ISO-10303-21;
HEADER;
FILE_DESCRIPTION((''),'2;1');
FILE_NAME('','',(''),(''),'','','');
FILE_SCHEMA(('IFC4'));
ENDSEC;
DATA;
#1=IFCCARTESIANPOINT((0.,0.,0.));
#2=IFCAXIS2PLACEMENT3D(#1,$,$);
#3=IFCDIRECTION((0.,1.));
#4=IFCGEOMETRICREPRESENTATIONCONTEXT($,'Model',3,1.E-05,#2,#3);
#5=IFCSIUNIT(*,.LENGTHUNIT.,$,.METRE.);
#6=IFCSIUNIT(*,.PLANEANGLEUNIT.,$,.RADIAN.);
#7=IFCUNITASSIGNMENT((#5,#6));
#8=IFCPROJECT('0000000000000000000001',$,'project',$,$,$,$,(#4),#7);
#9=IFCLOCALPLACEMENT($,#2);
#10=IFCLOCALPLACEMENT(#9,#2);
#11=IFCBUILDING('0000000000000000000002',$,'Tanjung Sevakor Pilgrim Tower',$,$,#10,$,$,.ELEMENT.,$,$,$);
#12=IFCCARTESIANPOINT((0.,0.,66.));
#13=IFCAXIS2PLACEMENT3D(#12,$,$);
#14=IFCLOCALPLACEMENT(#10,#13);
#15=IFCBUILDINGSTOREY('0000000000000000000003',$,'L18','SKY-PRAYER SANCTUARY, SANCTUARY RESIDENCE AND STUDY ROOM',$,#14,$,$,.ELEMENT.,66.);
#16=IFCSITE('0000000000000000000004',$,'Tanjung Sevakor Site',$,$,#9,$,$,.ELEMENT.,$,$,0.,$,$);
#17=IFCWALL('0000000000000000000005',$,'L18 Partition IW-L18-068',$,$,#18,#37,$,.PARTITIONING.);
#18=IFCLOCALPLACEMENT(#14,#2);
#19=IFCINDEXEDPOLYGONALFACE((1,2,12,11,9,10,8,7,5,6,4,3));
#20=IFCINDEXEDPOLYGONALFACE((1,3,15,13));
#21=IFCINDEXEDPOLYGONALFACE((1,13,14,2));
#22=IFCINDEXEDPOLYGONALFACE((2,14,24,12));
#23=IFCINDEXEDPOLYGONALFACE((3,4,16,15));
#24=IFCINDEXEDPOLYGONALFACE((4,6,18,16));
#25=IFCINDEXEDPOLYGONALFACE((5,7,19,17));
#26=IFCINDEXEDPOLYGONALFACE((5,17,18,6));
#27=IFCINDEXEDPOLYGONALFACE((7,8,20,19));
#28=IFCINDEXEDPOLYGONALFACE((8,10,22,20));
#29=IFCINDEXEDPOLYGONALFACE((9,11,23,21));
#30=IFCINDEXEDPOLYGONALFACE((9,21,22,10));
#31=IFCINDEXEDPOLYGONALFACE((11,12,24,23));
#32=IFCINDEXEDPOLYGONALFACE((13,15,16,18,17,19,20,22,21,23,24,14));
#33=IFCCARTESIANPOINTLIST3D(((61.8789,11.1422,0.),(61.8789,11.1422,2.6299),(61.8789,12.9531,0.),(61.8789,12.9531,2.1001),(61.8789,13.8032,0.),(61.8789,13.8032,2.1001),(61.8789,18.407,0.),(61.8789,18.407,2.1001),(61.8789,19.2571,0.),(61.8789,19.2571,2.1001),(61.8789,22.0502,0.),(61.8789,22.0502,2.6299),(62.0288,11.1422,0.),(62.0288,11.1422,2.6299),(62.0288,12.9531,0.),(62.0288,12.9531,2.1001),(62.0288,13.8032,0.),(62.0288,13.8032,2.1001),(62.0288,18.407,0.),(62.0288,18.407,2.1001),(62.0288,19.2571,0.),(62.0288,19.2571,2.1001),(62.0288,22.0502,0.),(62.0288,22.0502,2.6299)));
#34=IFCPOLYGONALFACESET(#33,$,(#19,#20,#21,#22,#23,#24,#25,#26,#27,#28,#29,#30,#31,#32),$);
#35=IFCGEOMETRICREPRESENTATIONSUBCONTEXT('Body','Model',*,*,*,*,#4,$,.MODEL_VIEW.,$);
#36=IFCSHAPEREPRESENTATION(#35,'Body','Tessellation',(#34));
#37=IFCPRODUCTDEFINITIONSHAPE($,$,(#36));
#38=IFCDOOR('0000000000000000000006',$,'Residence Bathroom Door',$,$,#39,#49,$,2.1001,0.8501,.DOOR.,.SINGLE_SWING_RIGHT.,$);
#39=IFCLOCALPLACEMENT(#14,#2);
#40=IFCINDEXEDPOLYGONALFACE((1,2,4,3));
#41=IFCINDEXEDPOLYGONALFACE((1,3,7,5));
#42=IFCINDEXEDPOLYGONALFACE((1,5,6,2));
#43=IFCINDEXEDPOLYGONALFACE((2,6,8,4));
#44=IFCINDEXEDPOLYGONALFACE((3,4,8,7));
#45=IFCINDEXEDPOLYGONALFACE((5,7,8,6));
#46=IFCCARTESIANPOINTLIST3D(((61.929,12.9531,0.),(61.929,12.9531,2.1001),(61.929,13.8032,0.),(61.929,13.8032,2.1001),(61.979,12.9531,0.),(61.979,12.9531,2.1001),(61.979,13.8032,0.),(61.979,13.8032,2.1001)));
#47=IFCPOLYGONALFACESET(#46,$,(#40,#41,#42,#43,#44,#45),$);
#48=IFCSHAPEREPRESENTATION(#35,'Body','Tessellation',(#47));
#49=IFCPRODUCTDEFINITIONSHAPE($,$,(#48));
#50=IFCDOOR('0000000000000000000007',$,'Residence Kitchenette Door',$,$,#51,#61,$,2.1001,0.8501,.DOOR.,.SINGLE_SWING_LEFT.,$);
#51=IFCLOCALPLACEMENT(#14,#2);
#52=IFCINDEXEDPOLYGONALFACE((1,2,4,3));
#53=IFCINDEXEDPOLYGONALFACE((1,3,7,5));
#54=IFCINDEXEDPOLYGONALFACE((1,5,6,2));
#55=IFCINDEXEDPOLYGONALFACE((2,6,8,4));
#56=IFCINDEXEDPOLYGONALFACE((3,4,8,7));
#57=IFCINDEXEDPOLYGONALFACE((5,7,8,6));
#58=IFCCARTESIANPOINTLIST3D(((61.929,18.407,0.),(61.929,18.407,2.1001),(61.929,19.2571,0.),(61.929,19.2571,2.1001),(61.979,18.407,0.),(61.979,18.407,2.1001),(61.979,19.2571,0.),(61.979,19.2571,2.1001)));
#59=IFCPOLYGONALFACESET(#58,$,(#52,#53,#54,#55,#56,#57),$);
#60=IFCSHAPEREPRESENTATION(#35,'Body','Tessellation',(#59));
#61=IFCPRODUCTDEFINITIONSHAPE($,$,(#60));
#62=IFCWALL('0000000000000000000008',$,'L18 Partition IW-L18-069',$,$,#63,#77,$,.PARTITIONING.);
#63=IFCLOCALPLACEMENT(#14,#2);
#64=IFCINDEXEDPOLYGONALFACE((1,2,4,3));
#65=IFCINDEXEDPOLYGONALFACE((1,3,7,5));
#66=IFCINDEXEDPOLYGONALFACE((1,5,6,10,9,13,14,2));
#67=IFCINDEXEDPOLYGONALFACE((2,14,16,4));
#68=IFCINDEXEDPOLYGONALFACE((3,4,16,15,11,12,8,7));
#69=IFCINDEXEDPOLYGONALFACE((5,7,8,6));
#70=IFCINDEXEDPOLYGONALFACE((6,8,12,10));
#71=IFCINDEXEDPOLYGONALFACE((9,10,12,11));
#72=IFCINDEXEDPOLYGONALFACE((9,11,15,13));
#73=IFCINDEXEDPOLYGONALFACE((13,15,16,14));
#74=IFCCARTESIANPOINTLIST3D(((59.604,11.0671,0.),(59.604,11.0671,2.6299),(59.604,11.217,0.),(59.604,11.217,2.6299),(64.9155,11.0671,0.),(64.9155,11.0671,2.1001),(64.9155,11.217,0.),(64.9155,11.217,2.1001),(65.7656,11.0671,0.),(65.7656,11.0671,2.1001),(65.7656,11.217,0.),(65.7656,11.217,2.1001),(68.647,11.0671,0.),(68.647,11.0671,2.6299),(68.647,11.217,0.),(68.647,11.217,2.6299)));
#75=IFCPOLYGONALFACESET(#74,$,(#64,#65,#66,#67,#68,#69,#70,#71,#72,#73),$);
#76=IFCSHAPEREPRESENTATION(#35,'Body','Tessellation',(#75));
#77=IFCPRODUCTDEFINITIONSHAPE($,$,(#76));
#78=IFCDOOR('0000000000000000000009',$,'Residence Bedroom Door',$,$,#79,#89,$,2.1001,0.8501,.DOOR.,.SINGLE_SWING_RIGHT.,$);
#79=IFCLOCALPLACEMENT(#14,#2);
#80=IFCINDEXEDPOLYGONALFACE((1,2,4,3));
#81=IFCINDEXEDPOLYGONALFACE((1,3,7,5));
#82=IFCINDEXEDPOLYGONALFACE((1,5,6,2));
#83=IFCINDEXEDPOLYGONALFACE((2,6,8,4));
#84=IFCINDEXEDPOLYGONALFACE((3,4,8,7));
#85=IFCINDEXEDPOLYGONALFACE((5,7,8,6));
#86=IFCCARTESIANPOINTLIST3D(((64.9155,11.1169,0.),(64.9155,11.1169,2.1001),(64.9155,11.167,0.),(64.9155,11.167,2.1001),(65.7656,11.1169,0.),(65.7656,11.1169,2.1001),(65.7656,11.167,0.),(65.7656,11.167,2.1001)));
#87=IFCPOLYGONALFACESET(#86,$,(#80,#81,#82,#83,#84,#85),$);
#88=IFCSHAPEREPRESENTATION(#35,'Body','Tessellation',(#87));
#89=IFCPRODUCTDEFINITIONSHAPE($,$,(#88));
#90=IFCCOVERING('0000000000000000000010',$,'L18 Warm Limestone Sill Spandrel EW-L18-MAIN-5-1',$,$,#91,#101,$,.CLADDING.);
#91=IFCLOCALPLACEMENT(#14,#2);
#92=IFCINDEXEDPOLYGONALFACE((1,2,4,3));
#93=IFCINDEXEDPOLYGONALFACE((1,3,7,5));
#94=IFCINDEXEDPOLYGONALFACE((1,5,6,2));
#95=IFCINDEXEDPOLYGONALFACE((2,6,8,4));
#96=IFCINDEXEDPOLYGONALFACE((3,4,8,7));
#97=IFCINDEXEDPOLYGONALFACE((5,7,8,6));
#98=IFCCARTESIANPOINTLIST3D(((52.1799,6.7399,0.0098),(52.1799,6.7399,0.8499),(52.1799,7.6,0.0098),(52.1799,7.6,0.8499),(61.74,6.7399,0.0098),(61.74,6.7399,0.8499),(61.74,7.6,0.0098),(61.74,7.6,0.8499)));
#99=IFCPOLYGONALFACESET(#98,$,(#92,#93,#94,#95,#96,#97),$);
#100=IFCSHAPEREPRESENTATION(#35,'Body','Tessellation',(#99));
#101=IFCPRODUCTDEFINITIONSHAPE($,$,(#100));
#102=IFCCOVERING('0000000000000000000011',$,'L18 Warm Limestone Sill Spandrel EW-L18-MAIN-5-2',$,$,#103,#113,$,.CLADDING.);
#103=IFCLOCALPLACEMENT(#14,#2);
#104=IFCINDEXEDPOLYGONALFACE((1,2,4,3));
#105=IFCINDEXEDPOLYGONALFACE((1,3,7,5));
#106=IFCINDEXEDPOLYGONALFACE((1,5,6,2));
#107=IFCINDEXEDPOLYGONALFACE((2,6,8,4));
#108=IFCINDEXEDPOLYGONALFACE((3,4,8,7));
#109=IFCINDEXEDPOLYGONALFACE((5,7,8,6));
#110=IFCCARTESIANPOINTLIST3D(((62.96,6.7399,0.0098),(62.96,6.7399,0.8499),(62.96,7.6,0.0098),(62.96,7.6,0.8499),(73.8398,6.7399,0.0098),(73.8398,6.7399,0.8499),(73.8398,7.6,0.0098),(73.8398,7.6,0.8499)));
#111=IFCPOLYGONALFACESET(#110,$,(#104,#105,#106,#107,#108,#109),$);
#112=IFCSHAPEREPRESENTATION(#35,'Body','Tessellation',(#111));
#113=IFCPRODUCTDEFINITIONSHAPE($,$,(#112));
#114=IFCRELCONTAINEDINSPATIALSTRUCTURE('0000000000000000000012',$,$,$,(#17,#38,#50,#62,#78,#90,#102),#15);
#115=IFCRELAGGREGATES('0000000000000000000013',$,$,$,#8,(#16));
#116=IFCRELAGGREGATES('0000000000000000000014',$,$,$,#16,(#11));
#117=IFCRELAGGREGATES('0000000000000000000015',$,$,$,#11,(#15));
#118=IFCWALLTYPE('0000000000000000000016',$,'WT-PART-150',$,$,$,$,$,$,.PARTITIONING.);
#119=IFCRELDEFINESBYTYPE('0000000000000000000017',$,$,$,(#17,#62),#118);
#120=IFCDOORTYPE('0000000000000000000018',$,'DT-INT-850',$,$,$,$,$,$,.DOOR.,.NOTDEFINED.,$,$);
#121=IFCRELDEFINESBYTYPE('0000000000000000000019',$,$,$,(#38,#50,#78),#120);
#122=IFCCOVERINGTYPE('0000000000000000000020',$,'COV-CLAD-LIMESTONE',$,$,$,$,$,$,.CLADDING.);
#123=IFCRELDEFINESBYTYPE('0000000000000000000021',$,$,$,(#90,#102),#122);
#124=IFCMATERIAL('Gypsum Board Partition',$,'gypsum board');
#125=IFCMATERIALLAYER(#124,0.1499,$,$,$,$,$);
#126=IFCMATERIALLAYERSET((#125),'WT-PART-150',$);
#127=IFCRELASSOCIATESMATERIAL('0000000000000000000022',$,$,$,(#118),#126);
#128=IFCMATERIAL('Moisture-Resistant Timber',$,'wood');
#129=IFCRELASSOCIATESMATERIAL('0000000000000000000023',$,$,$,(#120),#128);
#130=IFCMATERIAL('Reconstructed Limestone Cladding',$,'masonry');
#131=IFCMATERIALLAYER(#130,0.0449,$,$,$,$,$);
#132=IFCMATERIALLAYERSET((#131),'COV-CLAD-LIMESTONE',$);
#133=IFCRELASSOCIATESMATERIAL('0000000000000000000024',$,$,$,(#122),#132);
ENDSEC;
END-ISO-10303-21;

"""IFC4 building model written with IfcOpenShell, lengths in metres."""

from ifc_helpers import new_model, si_unit, direction, frame, frame_2d, origin, origin_2d, place, context, subcontext, project, spatial, rectangle, extrude, material, layer, layer_set, type_object, element, fill, save


model = new_model("IFC4")

# Units and contexts
model_context = context("Model", 3, precision=1e-05, world=origin(), true_north=direction((0.0, 1.0)))
body_context = subcontext(model_context, "Body", "Model", "MODEL_VIEW")
ifc_project = project(units=[si_unit("LENGTHUNIT", "METRE"), si_unit("PLANEANGLEUNIT", "RADIAN")], contexts=[model_context])

# Site, building, storey
site_placement = place(None, origin())
site = spatial("IfcSite", under=ifc_project, at=site_placement, Name="Tanjung Sevakor Site", CompositionType="ELEMENT", RefElevation=0.0)
building_placement = place(site_placement, origin())
building = spatial("IfcBuilding", under=site, at=building_placement, Name="Tanjung Sevakor Pilgrim Tower", CompositionType="ELEMENT")
storey_placement = place(building_placement, frame((0.0, 0.0, 66.0)))
storey = spatial("IfcBuildingStorey", under=building, at=storey_placement, Name="L18", Description="SKY-PRAYER SANCTUARY, SANCTUARY RESIDENCE AND STUDY ROOM", CompositionType="ELEMENT", Elevation=66.0)

# Shared definitions
ifc_material_1 = material(Name="Gypsum Board Partition", Category="gypsum board")
ifc_layer_1 = layer(ifc_material_1, 0.1499)
ifc_layer_set_1 = layer_set([ifc_layer_1], Name="WT-PART-150")
wall_type_1 = type_object("IfcWallType", Name="WT-PART-150", PredefinedType="PARTITIONING", material=ifc_layer_set_1)

# Wall, openings, doors
wall_1_placement = place(storey_placement, frame((61.9539, 11.1421, 0.0), z_axis=(0.0, 0.0, 1.0), x_axis=(0.0, 1.0, 0.0)))
wall_1 = element("IfcWall", 1, at=wall_1_placement, inside=storey, type_object=wall_type_1, Name="L18 Partition IW-L18-068", PredefinedType="PARTITIONING", context=body_context, shape_type="SweptSolid", body=[
    extrude(rectangle(XDim=10.908, YDim=0.1499, at=frame_2d((5.4541, 0.0))), origin(), (0.0, 0.0, 1.0), 2.6299),
])
opening_1_placement = place(wall_1_placement, frame((1.811, 0.0, 0.0)))
opening_1 = element("IfcOpeningElement", 2, at=opening_1_placement, cuts=wall_1, PredefinedType="OPENING", context=body_context, shape_type="SweptSolid", body=[
    extrude(rectangle(XDim=0.8501, YDim=2.1001, at=frame_2d((0.425, 1.05))), frame((0.0, 0.085, 0.0), z_axis=(0.0, -1.0, 0.0), x_axis=(1.0, 0.0, 0.0)), (0.0, 0.0, 1.0), 0.1699),
])
opening_2_placement = place(wall_1_placement, frame((7.2649, 0.0, 0.0)))
opening_2 = element("IfcOpeningElement", 3, at=opening_2_placement, cuts=wall_1, PredefinedType="OPENING", context=body_context, shape_type="SweptSolid", body=[
    extrude(rectangle(XDim=0.8501, YDim=2.1001, at=frame_2d((0.425, 1.05))), frame((0.0, 0.085, 0.0), z_axis=(0.0, -1.0, 0.0), x_axis=(1.0, 0.0, 0.0)), (0.0, 0.0, 1.0), 0.1699),
])
ifc_material_2 = material(Name="Moisture-Resistant Timber", Category="wood")
door_type_1 = type_object("IfcDoorType", Name="DT-INT-850", OperationType="NOTDEFINED", PredefinedType="DOOR", material=ifc_material_2)
door_1_placement = place(opening_1_placement, origin())
door_1 = element("IfcDoor", 4, at=door_1_placement, inside=storey, type_object=door_type_1, Name="Residence Bathroom Door", OperationType="SINGLE_SWING_RIGHT", OverallHeight=2.1001, OverallWidth=0.8501, PredefinedType="DOOR", context=body_context, shape_type="SweptSolid", body=[
    extrude(rectangle(XDim=0.8501, YDim=2.1001, at=frame_2d((0.425, 1.05))), frame((0.0, 0.0249, 0.0), z_axis=(0.0, -1.0, 0.0), x_axis=(1.0, 0.0, 0.0)), (0.0, 0.0, 1.0), 0.05),
])
fill(opening_1, door_1)
door_2_placement = place(opening_2_placement, origin())
door_2 = element("IfcDoor", 5, at=door_2_placement, inside=storey, type_object=door_type_1, Name="Residence Kitchenette Door", OperationType="SINGLE_SWING_LEFT", OverallHeight=2.1001, OverallWidth=0.8501, PredefinedType="DOOR", context=body_context, shape_type="SweptSolid", body=[
    extrude(rectangle(XDim=0.8501, YDim=2.1001, at=frame_2d((0.425, 1.05))), frame((0.0, 0.0249, 0.0), z_axis=(0.0, -1.0, 0.0), x_axis=(1.0, 0.0, 0.0)), (0.0, 0.0, 1.0), 0.05),
])
fill(opening_2, door_2)

# Wall, opening, door
wall_2_placement = place(storey_placement, frame((59.604, 11.1421, 0.0), z_axis=(0.0, 0.0, 1.0), x_axis=(1.0, 0.0, 0.0)))
wall_2 = element("IfcWall", 6, at=wall_2_placement, inside=storey, type_object=wall_type_1, Name="L18 Partition IW-L18-069", PredefinedType="PARTITIONING", context=body_context, shape_type="SweptSolid", body=[
    extrude(rectangle(XDim=9.043, YDim=0.1499, at=frame_2d((4.5215, 0.0))), origin(), (0.0, 0.0, 1.0), 2.6299),
])
opening_3_placement = place(wall_2_placement, frame((5.3115, 0.0, 0.0)))
opening_3 = element("IfcOpeningElement", 7, at=opening_3_placement, cuts=wall_2, PredefinedType="OPENING", context=body_context, shape_type="SweptSolid", body=[
    extrude(rectangle(XDim=0.8501, YDim=2.1001, at=frame_2d((0.425, 1.05))), frame((0.0, 0.085, 0.0), z_axis=(0.0, -1.0, 0.0), x_axis=(1.0, 0.0, 0.0)), (0.0, 0.0, 1.0), 0.1699),
])
door_3_placement = place(opening_3_placement, origin())
door_3 = element("IfcDoor", 8, at=door_3_placement, inside=storey, type_object=door_type_1, Name="Residence Bedroom Door", OperationType="SINGLE_SWING_RIGHT", OverallHeight=2.1001, OverallWidth=0.8501, PredefinedType="DOOR", context=body_context, shape_type="SweptSolid", body=[
    extrude(rectangle(XDim=0.8501, YDim=2.1001, at=frame_2d((0.425, 1.05))), frame((0.0, 0.0249, 0.0), z_axis=(0.0, -1.0, 0.0), x_axis=(1.0, 0.0, 0.0)), (0.0, 0.0, 1.0), 0.05),
])
fill(opening_3, door_3)

# Coverings
ifc_material_3 = material(Name="Reconstructed Limestone Cladding", Category="masonry")
ifc_layer_2 = layer(ifc_material_3, 0.0449)
ifc_layer_set_2 = layer_set([ifc_layer_2], Name="COV-CLAD-LIMESTONE")
covering_type = type_object("IfcCoveringType", Name="COV-CLAD-LIMESTONE", PredefinedType="CLADDING", material=ifc_layer_set_2)
covering_1_placement = place(storey_placement, frame((56.96, 7.1699, 0.0098), z_axis=(0.0, 0.0, 1.0), x_axis=(1.0, 0.0, 0.0)))
element("IfcCovering", 9, at=covering_1_placement, inside=storey, type_object=covering_type, Name="L18 Warm Limestone Sill Spandrel EW-L18-MAIN-5-1", PredefinedType="CLADDING", context=body_context, shape_type="SweptSolid", body=[
    extrude(rectangle(XDim=9.5601, YDim=0.8601, at=origin_2d()), origin(), (0.0, 0.0, 1.0), 0.8401),
])
covering_2_placement = place(storey_placement, frame((68.3999, 7.1699, 0.0098), z_axis=(0.0, 0.0, 1.0), x_axis=(1.0, 0.0, 0.0)))
element("IfcCovering", 10, at=covering_2_placement, inside=storey, type_object=covering_type, Name="L18 Warm Limestone Sill Spandrel EW-L18-MAIN-5-2", PredefinedType="CLADDING", context=body_context, shape_type="SweptSolid", body=[
    extrude(rectangle(XDim=10.8799, YDim=0.8601, at=origin_2d()), origin(), (0.0, 0.0, 1.0), 0.8401),
])

save(model, "model.ifc")
